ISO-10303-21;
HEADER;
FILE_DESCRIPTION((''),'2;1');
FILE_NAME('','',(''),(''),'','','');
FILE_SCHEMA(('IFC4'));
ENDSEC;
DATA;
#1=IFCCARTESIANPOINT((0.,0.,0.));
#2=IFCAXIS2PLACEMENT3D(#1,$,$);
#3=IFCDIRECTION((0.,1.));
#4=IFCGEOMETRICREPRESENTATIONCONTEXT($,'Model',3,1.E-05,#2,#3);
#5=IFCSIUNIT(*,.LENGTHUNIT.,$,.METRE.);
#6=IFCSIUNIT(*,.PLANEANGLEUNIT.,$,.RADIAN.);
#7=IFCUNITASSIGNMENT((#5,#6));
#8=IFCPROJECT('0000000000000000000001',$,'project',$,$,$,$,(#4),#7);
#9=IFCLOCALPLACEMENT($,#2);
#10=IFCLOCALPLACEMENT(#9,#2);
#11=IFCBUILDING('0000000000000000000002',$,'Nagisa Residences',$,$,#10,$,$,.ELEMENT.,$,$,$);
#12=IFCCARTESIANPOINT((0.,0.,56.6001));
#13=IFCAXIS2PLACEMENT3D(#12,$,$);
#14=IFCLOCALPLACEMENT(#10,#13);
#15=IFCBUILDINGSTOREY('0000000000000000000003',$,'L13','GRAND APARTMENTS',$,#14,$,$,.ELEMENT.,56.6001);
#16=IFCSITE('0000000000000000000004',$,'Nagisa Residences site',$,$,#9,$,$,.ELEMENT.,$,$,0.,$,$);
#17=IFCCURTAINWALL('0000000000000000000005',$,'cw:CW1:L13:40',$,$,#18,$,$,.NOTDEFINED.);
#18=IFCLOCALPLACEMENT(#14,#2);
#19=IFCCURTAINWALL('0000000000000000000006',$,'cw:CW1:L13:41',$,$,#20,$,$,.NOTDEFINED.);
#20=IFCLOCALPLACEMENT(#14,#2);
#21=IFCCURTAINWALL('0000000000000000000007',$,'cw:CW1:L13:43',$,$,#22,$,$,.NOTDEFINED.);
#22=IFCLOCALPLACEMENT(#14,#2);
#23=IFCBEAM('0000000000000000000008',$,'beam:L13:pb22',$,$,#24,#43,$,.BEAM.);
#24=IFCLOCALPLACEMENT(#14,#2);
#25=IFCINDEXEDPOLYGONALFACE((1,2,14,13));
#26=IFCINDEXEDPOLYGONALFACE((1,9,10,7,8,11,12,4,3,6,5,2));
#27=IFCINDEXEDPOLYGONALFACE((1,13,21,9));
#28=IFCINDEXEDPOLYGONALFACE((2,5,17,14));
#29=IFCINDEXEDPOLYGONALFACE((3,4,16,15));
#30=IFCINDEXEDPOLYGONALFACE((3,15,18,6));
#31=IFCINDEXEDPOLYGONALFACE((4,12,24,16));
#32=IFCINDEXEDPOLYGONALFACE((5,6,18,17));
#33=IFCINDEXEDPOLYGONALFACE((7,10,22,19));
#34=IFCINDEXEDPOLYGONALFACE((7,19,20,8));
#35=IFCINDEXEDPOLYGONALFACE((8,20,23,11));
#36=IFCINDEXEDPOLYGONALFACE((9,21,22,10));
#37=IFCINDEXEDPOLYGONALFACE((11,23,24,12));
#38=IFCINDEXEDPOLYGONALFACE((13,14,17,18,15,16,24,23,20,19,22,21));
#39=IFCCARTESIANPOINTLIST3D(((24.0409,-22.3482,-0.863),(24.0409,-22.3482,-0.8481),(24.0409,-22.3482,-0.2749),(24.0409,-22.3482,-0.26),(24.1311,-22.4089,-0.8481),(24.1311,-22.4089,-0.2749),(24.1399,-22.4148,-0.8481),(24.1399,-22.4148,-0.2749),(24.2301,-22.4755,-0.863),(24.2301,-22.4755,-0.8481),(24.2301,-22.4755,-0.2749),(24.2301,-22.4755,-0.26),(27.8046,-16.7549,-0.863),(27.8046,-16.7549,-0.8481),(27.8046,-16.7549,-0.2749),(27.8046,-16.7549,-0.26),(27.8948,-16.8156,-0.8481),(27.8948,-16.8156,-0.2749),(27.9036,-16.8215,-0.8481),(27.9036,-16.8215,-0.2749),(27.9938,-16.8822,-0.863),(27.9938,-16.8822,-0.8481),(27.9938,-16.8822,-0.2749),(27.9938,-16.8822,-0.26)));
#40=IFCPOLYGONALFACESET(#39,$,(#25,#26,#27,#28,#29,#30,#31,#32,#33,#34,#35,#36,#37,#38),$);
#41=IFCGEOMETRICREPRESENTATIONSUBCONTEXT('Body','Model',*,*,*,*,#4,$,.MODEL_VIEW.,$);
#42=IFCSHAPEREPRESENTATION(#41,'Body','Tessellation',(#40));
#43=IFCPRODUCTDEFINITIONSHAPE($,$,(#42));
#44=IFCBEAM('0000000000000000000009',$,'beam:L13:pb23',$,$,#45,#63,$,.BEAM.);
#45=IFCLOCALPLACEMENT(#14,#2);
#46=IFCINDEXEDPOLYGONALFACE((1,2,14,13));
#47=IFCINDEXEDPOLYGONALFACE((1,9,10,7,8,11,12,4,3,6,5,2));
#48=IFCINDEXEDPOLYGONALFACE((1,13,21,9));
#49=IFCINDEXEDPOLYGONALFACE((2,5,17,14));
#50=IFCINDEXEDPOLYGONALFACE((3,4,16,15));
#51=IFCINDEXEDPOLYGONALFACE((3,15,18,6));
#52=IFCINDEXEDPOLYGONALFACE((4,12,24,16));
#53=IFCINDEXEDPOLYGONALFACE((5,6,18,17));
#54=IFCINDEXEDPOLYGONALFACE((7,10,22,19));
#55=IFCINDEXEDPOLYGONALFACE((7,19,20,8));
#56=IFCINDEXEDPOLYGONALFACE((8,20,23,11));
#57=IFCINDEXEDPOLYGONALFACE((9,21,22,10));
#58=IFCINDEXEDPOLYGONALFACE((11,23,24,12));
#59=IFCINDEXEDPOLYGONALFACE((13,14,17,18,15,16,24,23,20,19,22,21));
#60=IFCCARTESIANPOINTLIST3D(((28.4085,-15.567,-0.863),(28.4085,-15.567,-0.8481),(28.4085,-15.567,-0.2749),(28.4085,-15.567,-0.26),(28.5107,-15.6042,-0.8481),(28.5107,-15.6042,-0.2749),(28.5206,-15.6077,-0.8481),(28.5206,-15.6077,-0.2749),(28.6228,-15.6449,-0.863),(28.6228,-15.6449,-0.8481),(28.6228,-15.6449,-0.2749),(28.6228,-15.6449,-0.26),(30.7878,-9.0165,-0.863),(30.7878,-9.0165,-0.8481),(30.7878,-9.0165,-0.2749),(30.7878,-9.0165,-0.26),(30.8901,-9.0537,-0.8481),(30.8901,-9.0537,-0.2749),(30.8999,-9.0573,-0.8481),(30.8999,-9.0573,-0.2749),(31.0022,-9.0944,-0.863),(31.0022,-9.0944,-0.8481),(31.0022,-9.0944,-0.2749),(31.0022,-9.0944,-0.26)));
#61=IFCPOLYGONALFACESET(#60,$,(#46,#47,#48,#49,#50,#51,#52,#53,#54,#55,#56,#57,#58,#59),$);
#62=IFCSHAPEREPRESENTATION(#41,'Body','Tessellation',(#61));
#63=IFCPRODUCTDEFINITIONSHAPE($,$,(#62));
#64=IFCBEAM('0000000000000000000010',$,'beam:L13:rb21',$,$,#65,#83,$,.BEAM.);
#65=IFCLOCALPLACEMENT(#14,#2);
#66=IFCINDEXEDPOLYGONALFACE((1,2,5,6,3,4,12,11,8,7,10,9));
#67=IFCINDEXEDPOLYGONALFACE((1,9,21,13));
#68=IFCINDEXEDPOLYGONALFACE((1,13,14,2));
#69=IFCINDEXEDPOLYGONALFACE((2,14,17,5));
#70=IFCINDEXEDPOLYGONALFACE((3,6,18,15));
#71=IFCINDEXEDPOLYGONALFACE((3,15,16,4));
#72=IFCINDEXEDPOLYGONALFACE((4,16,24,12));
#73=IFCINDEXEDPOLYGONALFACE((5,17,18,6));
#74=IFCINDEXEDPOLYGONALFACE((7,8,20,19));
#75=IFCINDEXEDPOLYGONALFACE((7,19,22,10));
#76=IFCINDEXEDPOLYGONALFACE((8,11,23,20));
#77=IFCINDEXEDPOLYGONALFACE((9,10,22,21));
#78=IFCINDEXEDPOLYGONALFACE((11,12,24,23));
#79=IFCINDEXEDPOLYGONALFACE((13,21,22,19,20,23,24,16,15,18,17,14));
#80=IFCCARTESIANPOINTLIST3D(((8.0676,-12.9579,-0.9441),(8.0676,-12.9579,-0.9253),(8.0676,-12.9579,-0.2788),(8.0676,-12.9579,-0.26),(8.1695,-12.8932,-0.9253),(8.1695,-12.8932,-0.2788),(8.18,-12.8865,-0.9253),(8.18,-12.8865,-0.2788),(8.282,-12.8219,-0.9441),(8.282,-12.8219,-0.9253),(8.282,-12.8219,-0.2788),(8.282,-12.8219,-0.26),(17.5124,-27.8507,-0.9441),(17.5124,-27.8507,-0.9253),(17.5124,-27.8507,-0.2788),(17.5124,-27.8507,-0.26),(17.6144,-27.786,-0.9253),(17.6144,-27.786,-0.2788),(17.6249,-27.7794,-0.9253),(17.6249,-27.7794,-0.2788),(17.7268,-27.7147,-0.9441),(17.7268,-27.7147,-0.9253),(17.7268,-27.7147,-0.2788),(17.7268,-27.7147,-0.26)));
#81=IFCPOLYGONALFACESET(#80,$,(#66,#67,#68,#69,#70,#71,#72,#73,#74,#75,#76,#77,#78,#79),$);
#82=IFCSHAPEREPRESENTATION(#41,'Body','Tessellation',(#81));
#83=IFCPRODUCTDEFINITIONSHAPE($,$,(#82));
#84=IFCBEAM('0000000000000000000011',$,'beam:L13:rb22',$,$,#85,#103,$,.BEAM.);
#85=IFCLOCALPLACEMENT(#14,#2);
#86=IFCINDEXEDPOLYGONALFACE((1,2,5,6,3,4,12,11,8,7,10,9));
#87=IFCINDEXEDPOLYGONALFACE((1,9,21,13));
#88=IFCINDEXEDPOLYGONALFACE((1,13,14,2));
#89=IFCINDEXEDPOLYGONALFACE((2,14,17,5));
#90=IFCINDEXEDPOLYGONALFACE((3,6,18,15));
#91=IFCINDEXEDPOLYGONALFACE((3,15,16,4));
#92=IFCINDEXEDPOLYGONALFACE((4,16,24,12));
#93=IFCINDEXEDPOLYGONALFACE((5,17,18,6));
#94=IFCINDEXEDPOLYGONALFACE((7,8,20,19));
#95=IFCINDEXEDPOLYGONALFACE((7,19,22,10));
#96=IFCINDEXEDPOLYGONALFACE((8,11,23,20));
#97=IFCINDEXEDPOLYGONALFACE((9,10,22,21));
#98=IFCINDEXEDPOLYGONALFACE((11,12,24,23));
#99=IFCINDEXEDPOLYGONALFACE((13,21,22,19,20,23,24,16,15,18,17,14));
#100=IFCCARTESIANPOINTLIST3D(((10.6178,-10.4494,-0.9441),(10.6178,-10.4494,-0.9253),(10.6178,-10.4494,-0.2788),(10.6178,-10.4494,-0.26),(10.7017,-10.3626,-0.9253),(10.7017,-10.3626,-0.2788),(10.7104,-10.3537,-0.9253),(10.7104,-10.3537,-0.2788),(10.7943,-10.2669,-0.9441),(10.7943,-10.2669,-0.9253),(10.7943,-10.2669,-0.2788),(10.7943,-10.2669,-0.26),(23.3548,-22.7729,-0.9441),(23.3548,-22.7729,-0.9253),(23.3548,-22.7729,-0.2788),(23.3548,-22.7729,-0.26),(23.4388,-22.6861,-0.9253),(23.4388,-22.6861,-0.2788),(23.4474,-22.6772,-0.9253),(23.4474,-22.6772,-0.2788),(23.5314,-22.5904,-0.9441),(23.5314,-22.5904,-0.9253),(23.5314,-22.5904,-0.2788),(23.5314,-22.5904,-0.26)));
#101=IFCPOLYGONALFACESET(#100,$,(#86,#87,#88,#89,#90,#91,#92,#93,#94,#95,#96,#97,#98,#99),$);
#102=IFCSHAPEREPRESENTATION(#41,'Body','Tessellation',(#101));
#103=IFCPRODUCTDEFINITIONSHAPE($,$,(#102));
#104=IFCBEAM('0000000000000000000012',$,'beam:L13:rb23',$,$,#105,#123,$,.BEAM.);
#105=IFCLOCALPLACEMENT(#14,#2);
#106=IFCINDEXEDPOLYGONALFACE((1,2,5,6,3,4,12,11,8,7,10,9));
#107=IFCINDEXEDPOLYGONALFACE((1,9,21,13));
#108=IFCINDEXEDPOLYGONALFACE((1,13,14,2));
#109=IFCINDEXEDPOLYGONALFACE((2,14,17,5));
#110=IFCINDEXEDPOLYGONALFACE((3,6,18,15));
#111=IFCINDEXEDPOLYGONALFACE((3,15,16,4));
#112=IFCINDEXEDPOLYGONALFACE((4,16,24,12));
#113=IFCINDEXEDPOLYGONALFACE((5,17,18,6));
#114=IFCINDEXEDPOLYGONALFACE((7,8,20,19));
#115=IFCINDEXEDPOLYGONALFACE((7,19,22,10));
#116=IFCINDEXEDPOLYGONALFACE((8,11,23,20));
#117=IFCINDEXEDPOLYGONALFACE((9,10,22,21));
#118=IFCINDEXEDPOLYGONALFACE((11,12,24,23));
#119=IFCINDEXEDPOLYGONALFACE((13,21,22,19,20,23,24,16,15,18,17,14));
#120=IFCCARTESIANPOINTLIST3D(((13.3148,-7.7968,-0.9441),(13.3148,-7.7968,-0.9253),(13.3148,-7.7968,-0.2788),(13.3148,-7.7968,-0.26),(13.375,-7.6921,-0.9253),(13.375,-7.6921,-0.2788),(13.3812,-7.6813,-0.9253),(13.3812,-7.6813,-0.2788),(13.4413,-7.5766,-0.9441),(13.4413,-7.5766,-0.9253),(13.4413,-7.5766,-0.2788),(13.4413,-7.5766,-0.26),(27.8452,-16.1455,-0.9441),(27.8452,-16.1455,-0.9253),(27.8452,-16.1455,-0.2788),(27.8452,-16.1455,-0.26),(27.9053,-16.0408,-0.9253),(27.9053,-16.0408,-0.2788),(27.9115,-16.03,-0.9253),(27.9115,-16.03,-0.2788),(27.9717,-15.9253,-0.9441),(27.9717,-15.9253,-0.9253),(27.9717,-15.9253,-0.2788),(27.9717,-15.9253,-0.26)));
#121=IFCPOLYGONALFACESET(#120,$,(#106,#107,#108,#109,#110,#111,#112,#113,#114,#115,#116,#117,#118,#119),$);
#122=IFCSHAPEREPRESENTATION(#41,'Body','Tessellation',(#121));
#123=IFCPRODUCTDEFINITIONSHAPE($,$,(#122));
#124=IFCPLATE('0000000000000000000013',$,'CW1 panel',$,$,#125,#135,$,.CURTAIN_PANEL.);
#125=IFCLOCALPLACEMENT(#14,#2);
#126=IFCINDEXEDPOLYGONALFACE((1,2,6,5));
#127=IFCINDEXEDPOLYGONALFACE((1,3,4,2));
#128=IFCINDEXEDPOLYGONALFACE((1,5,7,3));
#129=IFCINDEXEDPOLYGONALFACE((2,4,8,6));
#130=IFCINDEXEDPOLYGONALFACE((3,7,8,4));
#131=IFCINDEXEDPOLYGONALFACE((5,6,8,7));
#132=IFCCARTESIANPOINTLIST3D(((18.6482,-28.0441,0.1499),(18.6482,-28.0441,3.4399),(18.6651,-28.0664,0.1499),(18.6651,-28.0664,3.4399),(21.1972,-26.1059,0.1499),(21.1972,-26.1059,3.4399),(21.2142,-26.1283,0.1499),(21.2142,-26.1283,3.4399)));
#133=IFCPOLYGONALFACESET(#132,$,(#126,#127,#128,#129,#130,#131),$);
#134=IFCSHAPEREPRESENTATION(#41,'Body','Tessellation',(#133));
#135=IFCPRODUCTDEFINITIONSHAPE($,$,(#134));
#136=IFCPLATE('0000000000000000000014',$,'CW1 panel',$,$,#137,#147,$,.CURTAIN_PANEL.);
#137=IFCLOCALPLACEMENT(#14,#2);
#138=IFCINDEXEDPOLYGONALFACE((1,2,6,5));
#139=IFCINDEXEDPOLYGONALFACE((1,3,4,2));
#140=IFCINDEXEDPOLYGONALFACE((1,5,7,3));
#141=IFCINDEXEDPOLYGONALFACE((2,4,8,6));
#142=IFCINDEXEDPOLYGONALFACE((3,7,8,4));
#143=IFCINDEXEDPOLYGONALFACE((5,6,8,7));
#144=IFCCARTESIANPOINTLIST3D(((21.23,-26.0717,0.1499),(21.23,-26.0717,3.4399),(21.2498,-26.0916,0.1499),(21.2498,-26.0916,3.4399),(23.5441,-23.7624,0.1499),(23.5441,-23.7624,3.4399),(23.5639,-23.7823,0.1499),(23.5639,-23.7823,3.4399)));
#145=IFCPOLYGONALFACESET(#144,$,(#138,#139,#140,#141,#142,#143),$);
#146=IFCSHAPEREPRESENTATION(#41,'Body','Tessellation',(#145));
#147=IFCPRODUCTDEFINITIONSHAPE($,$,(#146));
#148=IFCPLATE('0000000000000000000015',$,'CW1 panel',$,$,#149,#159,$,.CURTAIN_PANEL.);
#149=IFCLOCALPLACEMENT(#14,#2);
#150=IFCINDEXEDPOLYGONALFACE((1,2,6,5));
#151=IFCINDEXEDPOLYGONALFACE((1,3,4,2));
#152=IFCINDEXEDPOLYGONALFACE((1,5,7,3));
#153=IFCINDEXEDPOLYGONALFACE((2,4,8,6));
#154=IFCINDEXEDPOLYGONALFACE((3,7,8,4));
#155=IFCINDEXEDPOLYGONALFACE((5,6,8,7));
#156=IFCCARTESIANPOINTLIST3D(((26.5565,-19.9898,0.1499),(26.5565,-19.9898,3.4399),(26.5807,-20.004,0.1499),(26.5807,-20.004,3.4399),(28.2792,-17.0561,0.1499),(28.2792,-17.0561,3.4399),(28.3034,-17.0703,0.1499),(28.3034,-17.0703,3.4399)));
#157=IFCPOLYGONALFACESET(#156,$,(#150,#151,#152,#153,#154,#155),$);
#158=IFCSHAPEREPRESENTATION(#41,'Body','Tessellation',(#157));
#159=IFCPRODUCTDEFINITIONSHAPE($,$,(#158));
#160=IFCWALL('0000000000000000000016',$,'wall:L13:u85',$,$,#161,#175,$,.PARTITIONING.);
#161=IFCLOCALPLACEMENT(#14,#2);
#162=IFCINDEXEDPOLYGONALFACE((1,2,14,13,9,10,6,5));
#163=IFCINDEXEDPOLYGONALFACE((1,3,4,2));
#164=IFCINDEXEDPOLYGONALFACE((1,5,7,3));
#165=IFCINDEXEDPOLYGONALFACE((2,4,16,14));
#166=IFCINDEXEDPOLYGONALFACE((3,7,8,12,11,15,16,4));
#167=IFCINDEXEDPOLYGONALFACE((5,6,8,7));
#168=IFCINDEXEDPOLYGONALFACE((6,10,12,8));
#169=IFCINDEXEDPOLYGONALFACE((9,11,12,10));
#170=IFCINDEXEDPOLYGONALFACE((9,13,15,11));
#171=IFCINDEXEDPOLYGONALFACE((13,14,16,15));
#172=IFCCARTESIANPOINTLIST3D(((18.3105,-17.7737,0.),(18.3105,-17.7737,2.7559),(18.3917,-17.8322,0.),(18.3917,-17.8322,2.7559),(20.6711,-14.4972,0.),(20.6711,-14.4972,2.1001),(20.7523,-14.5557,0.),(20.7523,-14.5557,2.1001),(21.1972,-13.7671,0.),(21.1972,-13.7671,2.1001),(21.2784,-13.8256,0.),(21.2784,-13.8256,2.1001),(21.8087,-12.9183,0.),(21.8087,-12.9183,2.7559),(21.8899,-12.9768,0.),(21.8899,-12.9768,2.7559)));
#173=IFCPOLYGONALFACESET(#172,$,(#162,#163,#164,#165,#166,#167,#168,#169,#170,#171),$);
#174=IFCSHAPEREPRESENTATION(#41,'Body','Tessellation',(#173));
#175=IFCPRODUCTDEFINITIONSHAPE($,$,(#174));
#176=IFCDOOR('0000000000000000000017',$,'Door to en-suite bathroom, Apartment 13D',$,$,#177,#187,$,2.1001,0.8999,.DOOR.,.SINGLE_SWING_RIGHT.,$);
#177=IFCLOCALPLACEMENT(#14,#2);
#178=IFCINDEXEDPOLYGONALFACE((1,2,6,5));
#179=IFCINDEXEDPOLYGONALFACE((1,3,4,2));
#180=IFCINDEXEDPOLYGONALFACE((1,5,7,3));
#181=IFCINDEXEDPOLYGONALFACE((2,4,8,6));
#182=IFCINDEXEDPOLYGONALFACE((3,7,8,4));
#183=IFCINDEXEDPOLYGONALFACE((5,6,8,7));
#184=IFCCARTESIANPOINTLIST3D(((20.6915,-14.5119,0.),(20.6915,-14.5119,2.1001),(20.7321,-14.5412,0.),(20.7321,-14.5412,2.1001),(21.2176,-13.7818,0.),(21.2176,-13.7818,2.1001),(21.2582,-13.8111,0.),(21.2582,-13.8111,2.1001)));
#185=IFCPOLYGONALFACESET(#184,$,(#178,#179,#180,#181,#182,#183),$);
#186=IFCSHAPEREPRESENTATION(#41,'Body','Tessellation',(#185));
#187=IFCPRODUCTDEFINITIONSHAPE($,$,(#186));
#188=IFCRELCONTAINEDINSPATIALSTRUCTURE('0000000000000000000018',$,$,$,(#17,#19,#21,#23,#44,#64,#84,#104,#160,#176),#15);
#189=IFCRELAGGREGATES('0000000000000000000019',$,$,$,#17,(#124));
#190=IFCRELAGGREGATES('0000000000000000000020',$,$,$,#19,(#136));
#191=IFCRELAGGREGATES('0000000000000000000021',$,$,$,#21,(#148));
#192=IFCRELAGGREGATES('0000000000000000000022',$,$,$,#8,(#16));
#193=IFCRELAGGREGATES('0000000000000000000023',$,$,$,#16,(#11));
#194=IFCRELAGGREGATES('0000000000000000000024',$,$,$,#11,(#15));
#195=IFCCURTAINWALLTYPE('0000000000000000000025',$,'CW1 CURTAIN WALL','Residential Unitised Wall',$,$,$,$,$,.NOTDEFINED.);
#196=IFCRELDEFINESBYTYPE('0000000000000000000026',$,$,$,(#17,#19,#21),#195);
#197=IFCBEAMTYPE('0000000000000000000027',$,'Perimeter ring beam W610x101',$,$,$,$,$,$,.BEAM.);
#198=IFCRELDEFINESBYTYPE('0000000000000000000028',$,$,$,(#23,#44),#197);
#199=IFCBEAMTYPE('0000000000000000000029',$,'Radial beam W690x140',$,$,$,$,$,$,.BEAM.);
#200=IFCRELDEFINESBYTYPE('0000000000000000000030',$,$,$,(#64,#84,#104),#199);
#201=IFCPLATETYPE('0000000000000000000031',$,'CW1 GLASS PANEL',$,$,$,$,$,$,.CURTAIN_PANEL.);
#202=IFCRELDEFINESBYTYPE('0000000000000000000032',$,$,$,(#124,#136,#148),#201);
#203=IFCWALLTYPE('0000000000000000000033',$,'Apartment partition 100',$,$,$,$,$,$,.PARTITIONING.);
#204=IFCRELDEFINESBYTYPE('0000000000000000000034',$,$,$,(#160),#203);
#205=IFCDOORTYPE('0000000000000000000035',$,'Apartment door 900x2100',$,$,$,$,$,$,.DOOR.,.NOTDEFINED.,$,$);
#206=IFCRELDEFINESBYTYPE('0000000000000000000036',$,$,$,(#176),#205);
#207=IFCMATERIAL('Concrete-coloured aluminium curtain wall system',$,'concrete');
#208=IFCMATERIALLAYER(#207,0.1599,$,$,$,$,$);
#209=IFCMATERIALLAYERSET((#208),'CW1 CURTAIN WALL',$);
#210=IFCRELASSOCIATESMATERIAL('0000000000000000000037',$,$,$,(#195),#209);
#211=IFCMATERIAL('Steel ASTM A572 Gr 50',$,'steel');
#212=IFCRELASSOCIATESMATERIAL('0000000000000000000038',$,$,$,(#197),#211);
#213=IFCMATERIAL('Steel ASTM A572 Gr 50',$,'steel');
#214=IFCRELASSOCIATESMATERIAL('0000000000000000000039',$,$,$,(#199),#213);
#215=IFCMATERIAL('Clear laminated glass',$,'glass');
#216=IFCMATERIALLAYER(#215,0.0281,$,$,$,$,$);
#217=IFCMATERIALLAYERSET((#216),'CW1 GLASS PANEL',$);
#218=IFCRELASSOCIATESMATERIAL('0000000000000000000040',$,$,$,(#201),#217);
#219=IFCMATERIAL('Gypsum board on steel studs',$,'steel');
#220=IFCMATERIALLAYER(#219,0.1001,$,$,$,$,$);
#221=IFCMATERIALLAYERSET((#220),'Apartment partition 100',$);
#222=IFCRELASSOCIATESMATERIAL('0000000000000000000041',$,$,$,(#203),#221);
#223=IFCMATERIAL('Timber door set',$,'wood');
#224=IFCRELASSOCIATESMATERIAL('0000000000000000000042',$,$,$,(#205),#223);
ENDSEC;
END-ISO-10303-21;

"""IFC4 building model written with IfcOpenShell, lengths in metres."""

from ifc_helpers import new_model, si_unit, direction, frame, frame_2d, origin, origin_2d, place, context, subcontext, project, spatial, rectangle, i_section, extrude, material, layer, layer_set, material_profile, profile_set, type_object, element, fill, aggregate, save


model = new_model("IFC4")

# Units and contexts
model_context = context("Model", 3, precision=1e-05, world=origin(), true_north=direction((0.0, 1.0)))
body_context = subcontext(model_context, "Body", "Model", "MODEL_VIEW")
ifc_project = project(units=[si_unit("LENGTHUNIT", "METRE"), si_unit("PLANEANGLEUNIT", "RADIAN")], contexts=[model_context])

# Site, building, storey
site_placement = place(None, origin())
site = spatial("IfcSite", under=ifc_project, at=site_placement, Name="Nagisa Residences site", CompositionType="ELEMENT", RefElevation=0.0)
building_placement = place(site_placement, origin())
building = spatial("IfcBuilding", under=site, at=building_placement, Name="Nagisa Residences", CompositionType="ELEMENT")
storey_placement = place(building_placement, frame((0.0, 0.0, 56.6001)))
storey = spatial("IfcBuildingStorey", under=building, at=storey_placement, Name="L13", Description="GRAND APARTMENTS", CompositionType="ELEMENT", Elevation=56.6001)

# Curtain walls
ifc_material_1 = material(Name="Concrete-coloured aluminium curtain wall system", Category="concrete")
ifc_layer_1 = layer(ifc_material_1, 0.1599)
ifc_layer_set_1 = layer_set([ifc_layer_1], Name="CW1 CURTAIN WALL")
curtain_wall_type = type_object("IfcCurtainWallType", Name="CW1 CURTAIN WALL", Description="Residential Unitised Wall", PredefinedType="NOTDEFINED", material=ifc_layer_set_1)
curtain_wall_1_placement = place(storey_placement, origin())
curtain_wall_1 = element("IfcCurtainWall", 1, at=curtain_wall_1_placement, inside=storey, type_object=curtain_wall_type, Name="cw:CW1:L13:40", PredefinedType="NOTDEFINED")
curtain_wall_2_placement = place(storey_placement, origin())
curtain_wall_2 = element("IfcCurtainWall", 2, at=curtain_wall_2_placement, inside=storey, type_object=curtain_wall_type, Name="cw:CW1:L13:41", PredefinedType="NOTDEFINED")
curtain_wall_3_placement = place(storey_placement, origin())
curtain_wall_3 = element("IfcCurtainWall", 3, at=curtain_wall_3_placement, inside=storey, type_object=curtain_wall_type, Name="cw:CW1:L13:43", PredefinedType="NOTDEFINED")

# Beams
ifc_material_2 = material(Name="Steel ASTM A572 Gr 50", Category="steel")
ifc_material_profile_1 = material_profile(ifc_material_2, i_section(OverallWidth=0.228, OverallDepth=0.603, WebThickness=0.0105, FlangeThickness=0.0149, at=origin_2d()), Name="W610x101")
ifc_profile_set_1 = profile_set([ifc_material_profile_1], Name="Steel ASTM A572 Gr 50")
beam_type_1 = type_object("IfcBeamType", Name="Perimeter ring beam W610x101", PredefinedType="BEAM", material=ifc_profile_set_1)
beam_1_placement = place(storey_placement, frame((24.1355, -22.4119, -0.5615), z_axis=(0.558272, 0.829658, 0.0), x_axis=(-0.829658, 0.558272, 0.0)))
element("IfcBeam", 4, at=beam_1_placement, inside=storey, type_object=beam_type_1, Name="beam:L13:pb22", PredefinedType="BEAM", context=body_context, shape_type="SweptSolid", body=[
    extrude(i_section(OverallWidth=0.228, OverallDepth=0.603, WebThickness=0.0105, FlangeThickness=0.0149, at=origin_2d()), origin(), (0.0, 0.0, 1.0), 6.7417),
])
beam_2_placement = place(storey_placement, frame((28.5156, -15.606, -0.5615), z_axis=(0.341411, 0.939914, 0.0), x_axis=(-0.939914, 0.341411, 0.0)))
element("IfcBeam", 5, at=beam_2_placement, inside=storey, type_object=beam_type_1, Name="beam:L13:pb23", PredefinedType="BEAM", context=body_context, shape_type="SweptSolid", body=[
    extrude(i_section(OverallWidth=0.228, OverallDepth=0.603, WebThickness=0.0105, FlangeThickness=0.0149, at=origin_2d()), origin(), (0.0, 0.0, 1.0), 6.9692),
])
ifc_material_3 = material(Name="Steel ASTM A572 Gr 50", Category="steel")
ifc_material_profile_2 = material_profile(ifc_material_3, i_section(OverallWidth=0.2539, OverallDepth=0.6841, WebThickness=0.0125, FlangeThickness=0.0188, at=origin_2d()), Name="W690x140")
ifc_profile_set_2 = profile_set([ifc_material_profile_2], Name="Steel ASTM A572 Gr 50")
beam_type_2 = type_object("IfcBeamType", Name="Radial beam W690x140", PredefinedType="BEAM", material=ifc_profile_set_2)
beam_3_placement = place(storey_placement, frame((17.6196, -27.7827, -0.6021), z_axis=(-0.535566, 0.844493, 0.0), x_axis=(-0.844493, -0.535566, 0.0)))
element("IfcBeam", 6, at=beam_3_placement, inside=storey, type_object=beam_type_2, Name="beam:L13:rb21", PredefinedType="BEAM", context=body_context, shape_type="SweptSolid", body=[
    extrude(i_section(OverallWidth=0.2539, OverallDepth=0.6841, WebThickness=0.0125, FlangeThickness=0.0188, at=origin_2d()), origin(), (0.0, 0.0, 1.0), 17.6353),
])
beam_4_placement = place(storey_placement, frame((23.4431, -22.6816, -0.6021), z_axis=(-0.718678, 0.695343, 0.0), x_axis=(-0.695343, -0.718678, 0.0)))
element("IfcBeam", 7, at=beam_4_placement, inside=storey, type_object=beam_type_2, Name="beam:L13:rb22", PredefinedType="BEAM", context=body_context, shape_type="SweptSolid", body=[
    extrude(i_section(OverallWidth=0.2539, OverallDepth=0.6841, WebThickness=0.0125, FlangeThickness=0.0188, at=origin_2d()), origin(), (0.0, 0.0, 1.0), 17.7229),
])
beam_5_placement = place(storey_placement, frame((27.9084, -16.0354, -0.6021), z_axis=(-0.867068, 0.49819, 0.0), x_axis=(-0.49819, -0.867068, 0.0)))
element("IfcBeam", 8, at=beam_5_placement, inside=storey, type_object=beam_type_2, Name="beam:L13:rb23", PredefinedType="BEAM", context=body_context, shape_type="SweptSolid", body=[
    extrude(i_section(OverallWidth=0.2539, OverallDepth=0.6841, WebThickness=0.0125, FlangeThickness=0.0188, at=origin_2d()), origin(), (0.0, 0.0, 1.0), 16.7581),
])

# Plates
ifc_material_4 = material(Name="Clear laminated glass", Category="glass")
ifc_layer_2 = layer(ifc_material_4, 0.0281)
ifc_layer_set_2 = layer_set([ifc_layer_2], Name="CW1 GLASS PANEL")
plate_type = type_object("IfcPlateType", Name="CW1 GLASS PANEL", PredefinedType="CURTAIN_PANEL", material=ifc_layer_set_2)
plate_1_placement = place(storey_placement, frame((19.9312, -27.0862, 0.1499), z_axis=(0.0, 0.0, 1.0), x_axis=(0.796031, 0.605255, 0.0)))
plate_1 = element("IfcPlate", 9, at=plate_1_placement, type_object=plate_type, Name="CW1 panel", PredefinedType="CURTAIN_PANEL", context=body_context, shape_type="SweptSolid", body=[
    extrude(rectangle(XDim=3.2021, YDim=0.0281, at=origin_2d()), origin(), (0.0, 0.0, 1.0), 3.29),
])
aggregate(curtain_wall_1, [plate_1])
plate_2_placement = place(storey_placement, frame((22.397, -24.927, 0.1499), z_axis=(0.0, 0.0, 1.0), x_axis=(0.707836, 0.706377, 0.0)))
plate_2 = element("IfcPlate", 10, at=plate_2_placement, type_object=plate_type, Name="CW1 panel", PredefinedType="CURTAIN_PANEL", context=body_context, shape_type="SweptSolid", body=[
    extrude(rectangle(XDim=3.2693, YDim=0.0281, at=origin_2d()), origin(), (0.0, 0.0, 1.0), 3.29),
])
aggregate(curtain_wall_2, [plate_2])
plate_3_placement = place(storey_placement, frame((27.4299, -18.53, 0.1499), z_axis=(0.0, 0.0, 1.0), x_axis=(0.506349, 0.862329, 0.0)))
plate_3 = element("IfcPlate", 11, at=plate_3_placement, type_object=plate_type, Name="CW1 panel", PredefinedType="CURTAIN_PANEL", context=body_context, shape_type="SweptSolid", body=[
    extrude(rectangle(XDim=3.4021, YDim=0.0281, at=origin_2d()), origin(), (0.0, 0.0, 1.0), 3.29),
])
aggregate(curtain_wall_3, [plate_3])

# Wall, opening, door
ifc_material_5 = material(Name="Gypsum board on steel studs", Category="steel")
ifc_layer_3 = layer(ifc_material_5, 0.1001)
ifc_layer_set_3 = layer_set([ifc_layer_3], Name="Apartment partition 100")
wall_type_1 = type_object("IfcWallType", Name="Apartment partition 100", PredefinedType="PARTITIONING", material=ifc_layer_set_3)
wall_1_placement = place(storey_placement, frame((18.3511, -17.803, 0.0), z_axis=(0.0, 0.0, 1.0), x_axis=(0.584564, 0.811348, 0.0)))
wall_1 = element("IfcWall", 12, at=wall_1_placement, inside=storey, type_object=wall_type_1, Name="wall:L13:u85", PredefinedType="PARTITIONING", context=body_context, shape_type="SweptSolid", body=[
    extrude(rectangle(XDim=5.9844, YDim=0.1001, at=frame_2d((2.9922, 0.0))), origin(), (0.0, 0.0, 1.0), 2.7559),
])
opening_1_placement = place(wall_1_placement, frame((4.0383, 0.0, 0.0)))
opening_1 = element("IfcOpeningElement", 13, at=opening_1_placement, cuts=wall_1, PredefinedType="OPENING", context=body_context, shape_type="SweptSolid", body=[
    extrude(rectangle(XDim=0.8999, YDim=2.1001, at=frame_2d((0.45, 1.05))), frame((0.0, 0.0601, 0.0), z_axis=(0.0, -1.0, 0.0), x_axis=(1.0, 0.0, 0.0)), (0.0, 0.0, 1.0), 0.1201),
])
ifc_material_6 = material(Name="Timber door set", Category="wood")
door_type_1 = type_object("IfcDoorType", Name="Apartment door 900x2100", OperationType="NOTDEFINED", PredefinedType="DOOR", material=ifc_material_6)
door_1_placement = place(opening_1_placement, origin())
door_1 = element("IfcDoor", 14, at=door_1_placement, inside=storey, type_object=door_type_1, Name="Door to en-suite bathroom, Apartment 13D", OperationType="SINGLE_SWING_RIGHT", OverallHeight=2.1001, OverallWidth=0.8999, PredefinedType="DOOR", context=body_context, shape_type="SweptSolid", body=[
    extrude(rectangle(XDim=0.8999, YDim=2.1001, at=frame_2d((0.45, 1.05))), frame((0.0, 0.0249, 0.0), z_axis=(0.0, -1.0, 0.0), x_axis=(1.0, 0.0, 0.0)), (0.0, 0.0, 1.0), 0.05),
])
fill(opening_1, door_1)

save(model, "model.ifc")
